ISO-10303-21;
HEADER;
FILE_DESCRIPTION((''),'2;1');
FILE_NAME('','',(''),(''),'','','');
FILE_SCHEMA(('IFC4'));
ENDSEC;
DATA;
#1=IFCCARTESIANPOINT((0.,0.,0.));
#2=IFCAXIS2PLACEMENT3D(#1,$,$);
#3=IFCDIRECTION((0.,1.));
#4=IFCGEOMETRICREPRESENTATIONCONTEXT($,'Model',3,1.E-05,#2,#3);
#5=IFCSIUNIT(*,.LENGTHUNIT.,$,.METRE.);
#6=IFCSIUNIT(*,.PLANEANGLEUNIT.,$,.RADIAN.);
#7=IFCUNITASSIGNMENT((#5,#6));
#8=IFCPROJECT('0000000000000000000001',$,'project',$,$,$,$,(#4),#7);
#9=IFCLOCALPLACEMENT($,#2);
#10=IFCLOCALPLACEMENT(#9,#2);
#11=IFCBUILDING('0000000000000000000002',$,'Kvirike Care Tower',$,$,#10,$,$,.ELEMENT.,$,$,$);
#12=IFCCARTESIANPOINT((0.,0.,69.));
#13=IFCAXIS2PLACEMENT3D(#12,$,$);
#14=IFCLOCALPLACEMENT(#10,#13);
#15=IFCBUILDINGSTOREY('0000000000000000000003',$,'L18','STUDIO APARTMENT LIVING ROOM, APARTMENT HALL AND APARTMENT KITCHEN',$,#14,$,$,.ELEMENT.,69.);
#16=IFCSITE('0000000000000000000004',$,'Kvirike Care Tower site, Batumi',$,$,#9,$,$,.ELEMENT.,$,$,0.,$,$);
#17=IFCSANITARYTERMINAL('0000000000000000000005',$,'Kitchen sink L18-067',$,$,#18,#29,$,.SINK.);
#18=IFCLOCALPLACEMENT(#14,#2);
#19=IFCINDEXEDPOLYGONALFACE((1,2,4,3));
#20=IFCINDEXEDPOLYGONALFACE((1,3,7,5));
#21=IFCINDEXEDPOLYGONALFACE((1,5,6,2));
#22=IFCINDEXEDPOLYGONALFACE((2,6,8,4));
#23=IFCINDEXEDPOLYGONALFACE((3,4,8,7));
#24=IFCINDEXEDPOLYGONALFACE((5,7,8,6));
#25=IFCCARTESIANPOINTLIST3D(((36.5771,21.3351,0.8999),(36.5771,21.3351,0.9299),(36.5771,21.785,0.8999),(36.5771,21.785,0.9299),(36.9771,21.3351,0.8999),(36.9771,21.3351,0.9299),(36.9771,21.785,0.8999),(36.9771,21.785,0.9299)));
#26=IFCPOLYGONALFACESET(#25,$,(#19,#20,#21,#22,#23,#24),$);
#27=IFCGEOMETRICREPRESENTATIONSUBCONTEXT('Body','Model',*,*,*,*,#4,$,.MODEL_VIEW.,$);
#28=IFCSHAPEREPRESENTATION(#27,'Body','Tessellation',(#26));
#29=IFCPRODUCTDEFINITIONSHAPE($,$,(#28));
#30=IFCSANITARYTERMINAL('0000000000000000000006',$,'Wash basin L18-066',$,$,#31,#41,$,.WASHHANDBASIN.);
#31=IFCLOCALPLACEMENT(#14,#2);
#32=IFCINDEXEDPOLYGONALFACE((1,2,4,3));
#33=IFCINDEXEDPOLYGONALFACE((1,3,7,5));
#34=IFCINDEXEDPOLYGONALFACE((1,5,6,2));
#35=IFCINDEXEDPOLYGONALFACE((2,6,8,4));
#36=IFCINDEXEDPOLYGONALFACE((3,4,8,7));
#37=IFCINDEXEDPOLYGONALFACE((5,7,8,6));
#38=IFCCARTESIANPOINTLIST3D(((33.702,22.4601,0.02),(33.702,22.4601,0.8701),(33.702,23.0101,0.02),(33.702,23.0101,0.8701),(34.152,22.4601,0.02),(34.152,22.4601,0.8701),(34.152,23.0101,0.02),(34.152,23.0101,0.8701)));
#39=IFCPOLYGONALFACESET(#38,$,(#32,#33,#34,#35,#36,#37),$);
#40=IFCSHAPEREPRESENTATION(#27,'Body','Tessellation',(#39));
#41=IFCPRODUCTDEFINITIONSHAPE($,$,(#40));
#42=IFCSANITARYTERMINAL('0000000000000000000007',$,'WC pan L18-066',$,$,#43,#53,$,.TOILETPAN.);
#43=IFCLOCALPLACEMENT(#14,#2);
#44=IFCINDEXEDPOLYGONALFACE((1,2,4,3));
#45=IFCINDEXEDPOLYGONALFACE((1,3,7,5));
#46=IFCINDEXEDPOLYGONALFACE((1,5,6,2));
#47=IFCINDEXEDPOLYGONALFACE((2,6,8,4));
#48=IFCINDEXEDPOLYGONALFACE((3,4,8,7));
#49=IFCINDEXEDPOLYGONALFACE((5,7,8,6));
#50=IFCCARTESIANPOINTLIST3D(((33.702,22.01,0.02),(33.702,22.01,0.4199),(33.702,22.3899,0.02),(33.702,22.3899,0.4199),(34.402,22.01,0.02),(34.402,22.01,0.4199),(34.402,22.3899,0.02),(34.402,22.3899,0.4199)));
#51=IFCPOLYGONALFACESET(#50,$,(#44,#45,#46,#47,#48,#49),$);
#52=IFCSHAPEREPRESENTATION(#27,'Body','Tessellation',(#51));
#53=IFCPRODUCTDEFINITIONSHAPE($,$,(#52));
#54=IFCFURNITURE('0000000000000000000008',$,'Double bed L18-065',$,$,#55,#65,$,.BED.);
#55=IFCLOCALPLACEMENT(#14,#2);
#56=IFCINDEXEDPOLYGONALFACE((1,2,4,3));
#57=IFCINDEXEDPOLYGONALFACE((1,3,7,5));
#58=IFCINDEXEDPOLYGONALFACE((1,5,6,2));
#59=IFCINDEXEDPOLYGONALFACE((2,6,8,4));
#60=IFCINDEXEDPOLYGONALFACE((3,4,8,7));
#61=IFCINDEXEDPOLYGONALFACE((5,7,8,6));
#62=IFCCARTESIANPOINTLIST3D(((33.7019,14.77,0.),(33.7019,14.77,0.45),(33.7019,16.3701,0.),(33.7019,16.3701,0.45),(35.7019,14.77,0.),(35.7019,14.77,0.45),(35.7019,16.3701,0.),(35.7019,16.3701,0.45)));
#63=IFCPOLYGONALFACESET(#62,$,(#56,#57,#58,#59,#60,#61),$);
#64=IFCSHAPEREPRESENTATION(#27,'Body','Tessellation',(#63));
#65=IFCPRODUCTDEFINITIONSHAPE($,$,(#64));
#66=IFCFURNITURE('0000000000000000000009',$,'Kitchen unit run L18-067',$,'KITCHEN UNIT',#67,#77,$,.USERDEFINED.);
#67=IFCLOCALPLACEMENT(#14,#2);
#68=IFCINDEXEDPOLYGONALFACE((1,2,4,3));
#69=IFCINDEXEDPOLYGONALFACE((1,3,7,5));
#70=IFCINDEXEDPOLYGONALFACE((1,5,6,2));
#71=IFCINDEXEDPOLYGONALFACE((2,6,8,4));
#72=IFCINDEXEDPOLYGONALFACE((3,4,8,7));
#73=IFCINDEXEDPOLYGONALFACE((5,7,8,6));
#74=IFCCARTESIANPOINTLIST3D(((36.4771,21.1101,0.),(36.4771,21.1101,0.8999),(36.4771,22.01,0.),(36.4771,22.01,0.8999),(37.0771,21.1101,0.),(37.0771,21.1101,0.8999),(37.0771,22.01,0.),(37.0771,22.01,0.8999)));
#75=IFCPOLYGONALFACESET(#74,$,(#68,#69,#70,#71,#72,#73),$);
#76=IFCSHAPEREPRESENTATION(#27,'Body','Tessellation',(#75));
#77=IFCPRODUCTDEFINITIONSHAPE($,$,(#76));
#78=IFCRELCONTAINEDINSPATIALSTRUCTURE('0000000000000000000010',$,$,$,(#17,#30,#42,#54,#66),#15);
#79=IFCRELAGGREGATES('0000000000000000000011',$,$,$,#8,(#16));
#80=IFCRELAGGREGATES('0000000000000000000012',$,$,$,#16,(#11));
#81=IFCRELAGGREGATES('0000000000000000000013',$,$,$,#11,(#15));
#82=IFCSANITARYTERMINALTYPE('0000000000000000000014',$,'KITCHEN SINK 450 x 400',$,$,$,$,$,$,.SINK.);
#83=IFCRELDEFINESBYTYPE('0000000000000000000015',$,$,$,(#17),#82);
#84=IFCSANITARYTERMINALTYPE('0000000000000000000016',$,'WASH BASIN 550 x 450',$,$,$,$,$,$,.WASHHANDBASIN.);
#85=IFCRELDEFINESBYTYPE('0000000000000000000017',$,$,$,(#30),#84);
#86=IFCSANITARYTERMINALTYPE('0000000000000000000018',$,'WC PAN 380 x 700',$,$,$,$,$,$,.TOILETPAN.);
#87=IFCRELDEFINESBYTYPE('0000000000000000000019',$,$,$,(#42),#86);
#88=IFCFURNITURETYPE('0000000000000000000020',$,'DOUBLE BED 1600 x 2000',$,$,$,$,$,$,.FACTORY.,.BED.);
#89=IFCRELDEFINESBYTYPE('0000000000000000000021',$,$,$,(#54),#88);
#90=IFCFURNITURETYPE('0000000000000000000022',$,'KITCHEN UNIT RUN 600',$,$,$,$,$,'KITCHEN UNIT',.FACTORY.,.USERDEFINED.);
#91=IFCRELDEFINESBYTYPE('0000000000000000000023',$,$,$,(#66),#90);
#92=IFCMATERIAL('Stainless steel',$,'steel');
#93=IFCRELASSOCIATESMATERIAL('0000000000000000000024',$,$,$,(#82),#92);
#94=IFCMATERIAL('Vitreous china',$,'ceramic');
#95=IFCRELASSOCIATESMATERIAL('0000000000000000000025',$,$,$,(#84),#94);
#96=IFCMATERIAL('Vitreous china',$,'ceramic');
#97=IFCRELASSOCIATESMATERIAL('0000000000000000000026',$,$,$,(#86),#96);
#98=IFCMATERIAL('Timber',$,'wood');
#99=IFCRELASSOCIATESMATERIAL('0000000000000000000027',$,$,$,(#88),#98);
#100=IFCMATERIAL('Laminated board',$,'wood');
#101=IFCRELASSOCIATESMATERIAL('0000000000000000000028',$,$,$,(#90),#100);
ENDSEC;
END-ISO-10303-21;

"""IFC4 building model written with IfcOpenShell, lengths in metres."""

from ifc_helpers import new_model, si_unit, direction, frame, origin, origin_2d, place, context, subcontext, project, spatial, rectangle, extrude, material, type_object, element, save


model = new_model("IFC4")

# Units and contexts
model_context = context("Model", 3, precision=1e-05, world=origin(), true_north=direction((0.0, 1.0)))
body_context = subcontext(model_context, "Body", "Model", "MODEL_VIEW")
ifc_project = project(units=[si_unit("LENGTHUNIT", "METRE"), si_unit("PLANEANGLEUNIT", "RADIAN")], contexts=[model_context])

# Site, building, storey
site_placement = place(None, origin())
site = spatial("IfcSite", under=ifc_project, at=site_placement, Name="Kvirike Care Tower site, Batumi", CompositionType="ELEMENT", RefElevation=0.0)
building_placement = place(site_placement, origin())
building = spatial("IfcBuilding", under=site, at=building_placement, Name="Kvirike Care Tower", CompositionType="ELEMENT")
storey_placement = place(building_placement, frame((0.0, 0.0, 69.0)))
storey = spatial("IfcBuildingStorey", under=building, at=storey_placement, Name="L18", Description="STUDIO APARTMENT LIVING ROOM, APARTMENT HALL AND APARTMENT KITCHEN", CompositionType="ELEMENT", Elevation=69.0)

# Sanitary terminals
ifc_material_1 = material(Name="Stainless steel", Category="steel")
sanitary_terminal_type_1 = type_object("IfcSanitaryTerminalType", Name="KITCHEN SINK 450 x 400", PredefinedType="SINK", material=ifc_material_1)
sanitary_terminal_1_placement = place(storey_placement, frame((36.7771, 21.5601, 0.8999), z_axis=(0.0, 0.0, 1.0), x_axis=(0.0, 1.0, 0.0)))
element("IfcSanitaryTerminal", 1, at=sanitary_terminal_1_placement, inside=storey, type_object=sanitary_terminal_type_1, Name="Kitchen sink L18-067", PredefinedType="SINK", context=body_context, shape_type="SweptSolid", body=[
    extrude(rectangle(XDim=0.45, YDim=0.3999, at=origin_2d()), origin(), (0.0, 0.0, 1.0), 0.03),
])
ifc_material_2 = material(Name="Vitreous china", Category="ceramic")
sanitary_terminal_type_2 = type_object("IfcSanitaryTerminalType", Name="WASH BASIN 550 x 450", PredefinedType="WASHHANDBASIN", material=ifc_material_2)
sanitary_terminal_2_placement = place(storey_placement, frame((33.927, 22.7351, 0.02), z_axis=(0.0, 0.0, 1.0), x_axis=(0.0, 1.0, 0.0)))
element("IfcSanitaryTerminal", 2, at=sanitary_terminal_2_placement, inside=storey, type_object=sanitary_terminal_type_2, Name="Wash basin L18-066", PredefinedType="WASHHANDBASIN", context=body_context, shape_type="SweptSolid", body=[
    extrude(rectangle(XDim=0.55, YDim=0.45, at=origin_2d()), origin(), (0.0, 0.0, 1.0), 0.8501),
])
ifc_material_3 = material(Name="Vitreous china", Category="ceramic")
sanitary_terminal_type_3 = type_object("IfcSanitaryTerminalType", Name="WC PAN 380 x 700", PredefinedType="TOILETPAN", material=ifc_material_3)
sanitary_terminal_3_placement = place(storey_placement, frame((34.052, 22.2, 0.02), z_axis=(0.0, 0.0, 1.0), x_axis=(0.0, 1.0, 0.0)))
element("IfcSanitaryTerminal", 3, at=sanitary_terminal_3_placement, inside=storey, type_object=sanitary_terminal_type_3, Name="WC pan L18-066", PredefinedType="TOILETPAN", context=body_context, shape_type="SweptSolid", body=[
    extrude(rectangle(XDim=0.3799, YDim=0.7, at=origin_2d()), origin(), (0.0, 0.0, 1.0), 0.3999),
])

# Furniture
ifc_material_4 = material(Name="Timber", Category="wood")
furniture_type_1 = type_object("IfcFurnitureType", Name="DOUBLE BED 1600 x 2000", AssemblyPlace="FACTORY", PredefinedType="BED", material=ifc_material_4)
furniture_1_placement = place(storey_placement, frame((34.7019, 15.5701, 0.0), z_axis=(0.0, 0.0, 1.0), x_axis=(0.0, 1.0, 0.0)))
element("IfcFurniture", 4, at=furniture_1_placement, inside=storey, type_object=furniture_type_1, Name="Double bed L18-065", PredefinedType="BED", context=body_context, shape_type="SweptSolid", body=[
    extrude(rectangle(XDim=1.6001, YDim=2.0, at=origin_2d()), origin(), (0.0, 0.0, 1.0), 0.45),
])
ifc_material_5 = material(Name="Laminated board", Category="wood")
furniture_type_2 = type_object("IfcFurnitureType", Name="KITCHEN UNIT RUN 600", ElementType="KITCHEN UNIT", AssemblyPlace="FACTORY", PredefinedType="USERDEFINED", material=ifc_material_5)
furniture_2_placement = place(storey_placement, frame((36.7771, 21.5601, 0.0), z_axis=(0.0, 0.0, 1.0), x_axis=(0.0, 1.0, 0.0)))
element("IfcFurniture", 5, at=furniture_2_placement, inside=storey, type_object=furniture_type_2, Name="Kitchen unit run L18-067", ObjectType="KITCHEN UNIT", PredefinedType="USERDEFINED", context=body_context, shape_type="SweptSolid", body=[
    extrude(rectangle(XDim=0.8999, YDim=0.6001, at=origin_2d()), origin(), (0.0, 0.0, 1.0), 0.8999),
])

save(model, "model.ifc")
